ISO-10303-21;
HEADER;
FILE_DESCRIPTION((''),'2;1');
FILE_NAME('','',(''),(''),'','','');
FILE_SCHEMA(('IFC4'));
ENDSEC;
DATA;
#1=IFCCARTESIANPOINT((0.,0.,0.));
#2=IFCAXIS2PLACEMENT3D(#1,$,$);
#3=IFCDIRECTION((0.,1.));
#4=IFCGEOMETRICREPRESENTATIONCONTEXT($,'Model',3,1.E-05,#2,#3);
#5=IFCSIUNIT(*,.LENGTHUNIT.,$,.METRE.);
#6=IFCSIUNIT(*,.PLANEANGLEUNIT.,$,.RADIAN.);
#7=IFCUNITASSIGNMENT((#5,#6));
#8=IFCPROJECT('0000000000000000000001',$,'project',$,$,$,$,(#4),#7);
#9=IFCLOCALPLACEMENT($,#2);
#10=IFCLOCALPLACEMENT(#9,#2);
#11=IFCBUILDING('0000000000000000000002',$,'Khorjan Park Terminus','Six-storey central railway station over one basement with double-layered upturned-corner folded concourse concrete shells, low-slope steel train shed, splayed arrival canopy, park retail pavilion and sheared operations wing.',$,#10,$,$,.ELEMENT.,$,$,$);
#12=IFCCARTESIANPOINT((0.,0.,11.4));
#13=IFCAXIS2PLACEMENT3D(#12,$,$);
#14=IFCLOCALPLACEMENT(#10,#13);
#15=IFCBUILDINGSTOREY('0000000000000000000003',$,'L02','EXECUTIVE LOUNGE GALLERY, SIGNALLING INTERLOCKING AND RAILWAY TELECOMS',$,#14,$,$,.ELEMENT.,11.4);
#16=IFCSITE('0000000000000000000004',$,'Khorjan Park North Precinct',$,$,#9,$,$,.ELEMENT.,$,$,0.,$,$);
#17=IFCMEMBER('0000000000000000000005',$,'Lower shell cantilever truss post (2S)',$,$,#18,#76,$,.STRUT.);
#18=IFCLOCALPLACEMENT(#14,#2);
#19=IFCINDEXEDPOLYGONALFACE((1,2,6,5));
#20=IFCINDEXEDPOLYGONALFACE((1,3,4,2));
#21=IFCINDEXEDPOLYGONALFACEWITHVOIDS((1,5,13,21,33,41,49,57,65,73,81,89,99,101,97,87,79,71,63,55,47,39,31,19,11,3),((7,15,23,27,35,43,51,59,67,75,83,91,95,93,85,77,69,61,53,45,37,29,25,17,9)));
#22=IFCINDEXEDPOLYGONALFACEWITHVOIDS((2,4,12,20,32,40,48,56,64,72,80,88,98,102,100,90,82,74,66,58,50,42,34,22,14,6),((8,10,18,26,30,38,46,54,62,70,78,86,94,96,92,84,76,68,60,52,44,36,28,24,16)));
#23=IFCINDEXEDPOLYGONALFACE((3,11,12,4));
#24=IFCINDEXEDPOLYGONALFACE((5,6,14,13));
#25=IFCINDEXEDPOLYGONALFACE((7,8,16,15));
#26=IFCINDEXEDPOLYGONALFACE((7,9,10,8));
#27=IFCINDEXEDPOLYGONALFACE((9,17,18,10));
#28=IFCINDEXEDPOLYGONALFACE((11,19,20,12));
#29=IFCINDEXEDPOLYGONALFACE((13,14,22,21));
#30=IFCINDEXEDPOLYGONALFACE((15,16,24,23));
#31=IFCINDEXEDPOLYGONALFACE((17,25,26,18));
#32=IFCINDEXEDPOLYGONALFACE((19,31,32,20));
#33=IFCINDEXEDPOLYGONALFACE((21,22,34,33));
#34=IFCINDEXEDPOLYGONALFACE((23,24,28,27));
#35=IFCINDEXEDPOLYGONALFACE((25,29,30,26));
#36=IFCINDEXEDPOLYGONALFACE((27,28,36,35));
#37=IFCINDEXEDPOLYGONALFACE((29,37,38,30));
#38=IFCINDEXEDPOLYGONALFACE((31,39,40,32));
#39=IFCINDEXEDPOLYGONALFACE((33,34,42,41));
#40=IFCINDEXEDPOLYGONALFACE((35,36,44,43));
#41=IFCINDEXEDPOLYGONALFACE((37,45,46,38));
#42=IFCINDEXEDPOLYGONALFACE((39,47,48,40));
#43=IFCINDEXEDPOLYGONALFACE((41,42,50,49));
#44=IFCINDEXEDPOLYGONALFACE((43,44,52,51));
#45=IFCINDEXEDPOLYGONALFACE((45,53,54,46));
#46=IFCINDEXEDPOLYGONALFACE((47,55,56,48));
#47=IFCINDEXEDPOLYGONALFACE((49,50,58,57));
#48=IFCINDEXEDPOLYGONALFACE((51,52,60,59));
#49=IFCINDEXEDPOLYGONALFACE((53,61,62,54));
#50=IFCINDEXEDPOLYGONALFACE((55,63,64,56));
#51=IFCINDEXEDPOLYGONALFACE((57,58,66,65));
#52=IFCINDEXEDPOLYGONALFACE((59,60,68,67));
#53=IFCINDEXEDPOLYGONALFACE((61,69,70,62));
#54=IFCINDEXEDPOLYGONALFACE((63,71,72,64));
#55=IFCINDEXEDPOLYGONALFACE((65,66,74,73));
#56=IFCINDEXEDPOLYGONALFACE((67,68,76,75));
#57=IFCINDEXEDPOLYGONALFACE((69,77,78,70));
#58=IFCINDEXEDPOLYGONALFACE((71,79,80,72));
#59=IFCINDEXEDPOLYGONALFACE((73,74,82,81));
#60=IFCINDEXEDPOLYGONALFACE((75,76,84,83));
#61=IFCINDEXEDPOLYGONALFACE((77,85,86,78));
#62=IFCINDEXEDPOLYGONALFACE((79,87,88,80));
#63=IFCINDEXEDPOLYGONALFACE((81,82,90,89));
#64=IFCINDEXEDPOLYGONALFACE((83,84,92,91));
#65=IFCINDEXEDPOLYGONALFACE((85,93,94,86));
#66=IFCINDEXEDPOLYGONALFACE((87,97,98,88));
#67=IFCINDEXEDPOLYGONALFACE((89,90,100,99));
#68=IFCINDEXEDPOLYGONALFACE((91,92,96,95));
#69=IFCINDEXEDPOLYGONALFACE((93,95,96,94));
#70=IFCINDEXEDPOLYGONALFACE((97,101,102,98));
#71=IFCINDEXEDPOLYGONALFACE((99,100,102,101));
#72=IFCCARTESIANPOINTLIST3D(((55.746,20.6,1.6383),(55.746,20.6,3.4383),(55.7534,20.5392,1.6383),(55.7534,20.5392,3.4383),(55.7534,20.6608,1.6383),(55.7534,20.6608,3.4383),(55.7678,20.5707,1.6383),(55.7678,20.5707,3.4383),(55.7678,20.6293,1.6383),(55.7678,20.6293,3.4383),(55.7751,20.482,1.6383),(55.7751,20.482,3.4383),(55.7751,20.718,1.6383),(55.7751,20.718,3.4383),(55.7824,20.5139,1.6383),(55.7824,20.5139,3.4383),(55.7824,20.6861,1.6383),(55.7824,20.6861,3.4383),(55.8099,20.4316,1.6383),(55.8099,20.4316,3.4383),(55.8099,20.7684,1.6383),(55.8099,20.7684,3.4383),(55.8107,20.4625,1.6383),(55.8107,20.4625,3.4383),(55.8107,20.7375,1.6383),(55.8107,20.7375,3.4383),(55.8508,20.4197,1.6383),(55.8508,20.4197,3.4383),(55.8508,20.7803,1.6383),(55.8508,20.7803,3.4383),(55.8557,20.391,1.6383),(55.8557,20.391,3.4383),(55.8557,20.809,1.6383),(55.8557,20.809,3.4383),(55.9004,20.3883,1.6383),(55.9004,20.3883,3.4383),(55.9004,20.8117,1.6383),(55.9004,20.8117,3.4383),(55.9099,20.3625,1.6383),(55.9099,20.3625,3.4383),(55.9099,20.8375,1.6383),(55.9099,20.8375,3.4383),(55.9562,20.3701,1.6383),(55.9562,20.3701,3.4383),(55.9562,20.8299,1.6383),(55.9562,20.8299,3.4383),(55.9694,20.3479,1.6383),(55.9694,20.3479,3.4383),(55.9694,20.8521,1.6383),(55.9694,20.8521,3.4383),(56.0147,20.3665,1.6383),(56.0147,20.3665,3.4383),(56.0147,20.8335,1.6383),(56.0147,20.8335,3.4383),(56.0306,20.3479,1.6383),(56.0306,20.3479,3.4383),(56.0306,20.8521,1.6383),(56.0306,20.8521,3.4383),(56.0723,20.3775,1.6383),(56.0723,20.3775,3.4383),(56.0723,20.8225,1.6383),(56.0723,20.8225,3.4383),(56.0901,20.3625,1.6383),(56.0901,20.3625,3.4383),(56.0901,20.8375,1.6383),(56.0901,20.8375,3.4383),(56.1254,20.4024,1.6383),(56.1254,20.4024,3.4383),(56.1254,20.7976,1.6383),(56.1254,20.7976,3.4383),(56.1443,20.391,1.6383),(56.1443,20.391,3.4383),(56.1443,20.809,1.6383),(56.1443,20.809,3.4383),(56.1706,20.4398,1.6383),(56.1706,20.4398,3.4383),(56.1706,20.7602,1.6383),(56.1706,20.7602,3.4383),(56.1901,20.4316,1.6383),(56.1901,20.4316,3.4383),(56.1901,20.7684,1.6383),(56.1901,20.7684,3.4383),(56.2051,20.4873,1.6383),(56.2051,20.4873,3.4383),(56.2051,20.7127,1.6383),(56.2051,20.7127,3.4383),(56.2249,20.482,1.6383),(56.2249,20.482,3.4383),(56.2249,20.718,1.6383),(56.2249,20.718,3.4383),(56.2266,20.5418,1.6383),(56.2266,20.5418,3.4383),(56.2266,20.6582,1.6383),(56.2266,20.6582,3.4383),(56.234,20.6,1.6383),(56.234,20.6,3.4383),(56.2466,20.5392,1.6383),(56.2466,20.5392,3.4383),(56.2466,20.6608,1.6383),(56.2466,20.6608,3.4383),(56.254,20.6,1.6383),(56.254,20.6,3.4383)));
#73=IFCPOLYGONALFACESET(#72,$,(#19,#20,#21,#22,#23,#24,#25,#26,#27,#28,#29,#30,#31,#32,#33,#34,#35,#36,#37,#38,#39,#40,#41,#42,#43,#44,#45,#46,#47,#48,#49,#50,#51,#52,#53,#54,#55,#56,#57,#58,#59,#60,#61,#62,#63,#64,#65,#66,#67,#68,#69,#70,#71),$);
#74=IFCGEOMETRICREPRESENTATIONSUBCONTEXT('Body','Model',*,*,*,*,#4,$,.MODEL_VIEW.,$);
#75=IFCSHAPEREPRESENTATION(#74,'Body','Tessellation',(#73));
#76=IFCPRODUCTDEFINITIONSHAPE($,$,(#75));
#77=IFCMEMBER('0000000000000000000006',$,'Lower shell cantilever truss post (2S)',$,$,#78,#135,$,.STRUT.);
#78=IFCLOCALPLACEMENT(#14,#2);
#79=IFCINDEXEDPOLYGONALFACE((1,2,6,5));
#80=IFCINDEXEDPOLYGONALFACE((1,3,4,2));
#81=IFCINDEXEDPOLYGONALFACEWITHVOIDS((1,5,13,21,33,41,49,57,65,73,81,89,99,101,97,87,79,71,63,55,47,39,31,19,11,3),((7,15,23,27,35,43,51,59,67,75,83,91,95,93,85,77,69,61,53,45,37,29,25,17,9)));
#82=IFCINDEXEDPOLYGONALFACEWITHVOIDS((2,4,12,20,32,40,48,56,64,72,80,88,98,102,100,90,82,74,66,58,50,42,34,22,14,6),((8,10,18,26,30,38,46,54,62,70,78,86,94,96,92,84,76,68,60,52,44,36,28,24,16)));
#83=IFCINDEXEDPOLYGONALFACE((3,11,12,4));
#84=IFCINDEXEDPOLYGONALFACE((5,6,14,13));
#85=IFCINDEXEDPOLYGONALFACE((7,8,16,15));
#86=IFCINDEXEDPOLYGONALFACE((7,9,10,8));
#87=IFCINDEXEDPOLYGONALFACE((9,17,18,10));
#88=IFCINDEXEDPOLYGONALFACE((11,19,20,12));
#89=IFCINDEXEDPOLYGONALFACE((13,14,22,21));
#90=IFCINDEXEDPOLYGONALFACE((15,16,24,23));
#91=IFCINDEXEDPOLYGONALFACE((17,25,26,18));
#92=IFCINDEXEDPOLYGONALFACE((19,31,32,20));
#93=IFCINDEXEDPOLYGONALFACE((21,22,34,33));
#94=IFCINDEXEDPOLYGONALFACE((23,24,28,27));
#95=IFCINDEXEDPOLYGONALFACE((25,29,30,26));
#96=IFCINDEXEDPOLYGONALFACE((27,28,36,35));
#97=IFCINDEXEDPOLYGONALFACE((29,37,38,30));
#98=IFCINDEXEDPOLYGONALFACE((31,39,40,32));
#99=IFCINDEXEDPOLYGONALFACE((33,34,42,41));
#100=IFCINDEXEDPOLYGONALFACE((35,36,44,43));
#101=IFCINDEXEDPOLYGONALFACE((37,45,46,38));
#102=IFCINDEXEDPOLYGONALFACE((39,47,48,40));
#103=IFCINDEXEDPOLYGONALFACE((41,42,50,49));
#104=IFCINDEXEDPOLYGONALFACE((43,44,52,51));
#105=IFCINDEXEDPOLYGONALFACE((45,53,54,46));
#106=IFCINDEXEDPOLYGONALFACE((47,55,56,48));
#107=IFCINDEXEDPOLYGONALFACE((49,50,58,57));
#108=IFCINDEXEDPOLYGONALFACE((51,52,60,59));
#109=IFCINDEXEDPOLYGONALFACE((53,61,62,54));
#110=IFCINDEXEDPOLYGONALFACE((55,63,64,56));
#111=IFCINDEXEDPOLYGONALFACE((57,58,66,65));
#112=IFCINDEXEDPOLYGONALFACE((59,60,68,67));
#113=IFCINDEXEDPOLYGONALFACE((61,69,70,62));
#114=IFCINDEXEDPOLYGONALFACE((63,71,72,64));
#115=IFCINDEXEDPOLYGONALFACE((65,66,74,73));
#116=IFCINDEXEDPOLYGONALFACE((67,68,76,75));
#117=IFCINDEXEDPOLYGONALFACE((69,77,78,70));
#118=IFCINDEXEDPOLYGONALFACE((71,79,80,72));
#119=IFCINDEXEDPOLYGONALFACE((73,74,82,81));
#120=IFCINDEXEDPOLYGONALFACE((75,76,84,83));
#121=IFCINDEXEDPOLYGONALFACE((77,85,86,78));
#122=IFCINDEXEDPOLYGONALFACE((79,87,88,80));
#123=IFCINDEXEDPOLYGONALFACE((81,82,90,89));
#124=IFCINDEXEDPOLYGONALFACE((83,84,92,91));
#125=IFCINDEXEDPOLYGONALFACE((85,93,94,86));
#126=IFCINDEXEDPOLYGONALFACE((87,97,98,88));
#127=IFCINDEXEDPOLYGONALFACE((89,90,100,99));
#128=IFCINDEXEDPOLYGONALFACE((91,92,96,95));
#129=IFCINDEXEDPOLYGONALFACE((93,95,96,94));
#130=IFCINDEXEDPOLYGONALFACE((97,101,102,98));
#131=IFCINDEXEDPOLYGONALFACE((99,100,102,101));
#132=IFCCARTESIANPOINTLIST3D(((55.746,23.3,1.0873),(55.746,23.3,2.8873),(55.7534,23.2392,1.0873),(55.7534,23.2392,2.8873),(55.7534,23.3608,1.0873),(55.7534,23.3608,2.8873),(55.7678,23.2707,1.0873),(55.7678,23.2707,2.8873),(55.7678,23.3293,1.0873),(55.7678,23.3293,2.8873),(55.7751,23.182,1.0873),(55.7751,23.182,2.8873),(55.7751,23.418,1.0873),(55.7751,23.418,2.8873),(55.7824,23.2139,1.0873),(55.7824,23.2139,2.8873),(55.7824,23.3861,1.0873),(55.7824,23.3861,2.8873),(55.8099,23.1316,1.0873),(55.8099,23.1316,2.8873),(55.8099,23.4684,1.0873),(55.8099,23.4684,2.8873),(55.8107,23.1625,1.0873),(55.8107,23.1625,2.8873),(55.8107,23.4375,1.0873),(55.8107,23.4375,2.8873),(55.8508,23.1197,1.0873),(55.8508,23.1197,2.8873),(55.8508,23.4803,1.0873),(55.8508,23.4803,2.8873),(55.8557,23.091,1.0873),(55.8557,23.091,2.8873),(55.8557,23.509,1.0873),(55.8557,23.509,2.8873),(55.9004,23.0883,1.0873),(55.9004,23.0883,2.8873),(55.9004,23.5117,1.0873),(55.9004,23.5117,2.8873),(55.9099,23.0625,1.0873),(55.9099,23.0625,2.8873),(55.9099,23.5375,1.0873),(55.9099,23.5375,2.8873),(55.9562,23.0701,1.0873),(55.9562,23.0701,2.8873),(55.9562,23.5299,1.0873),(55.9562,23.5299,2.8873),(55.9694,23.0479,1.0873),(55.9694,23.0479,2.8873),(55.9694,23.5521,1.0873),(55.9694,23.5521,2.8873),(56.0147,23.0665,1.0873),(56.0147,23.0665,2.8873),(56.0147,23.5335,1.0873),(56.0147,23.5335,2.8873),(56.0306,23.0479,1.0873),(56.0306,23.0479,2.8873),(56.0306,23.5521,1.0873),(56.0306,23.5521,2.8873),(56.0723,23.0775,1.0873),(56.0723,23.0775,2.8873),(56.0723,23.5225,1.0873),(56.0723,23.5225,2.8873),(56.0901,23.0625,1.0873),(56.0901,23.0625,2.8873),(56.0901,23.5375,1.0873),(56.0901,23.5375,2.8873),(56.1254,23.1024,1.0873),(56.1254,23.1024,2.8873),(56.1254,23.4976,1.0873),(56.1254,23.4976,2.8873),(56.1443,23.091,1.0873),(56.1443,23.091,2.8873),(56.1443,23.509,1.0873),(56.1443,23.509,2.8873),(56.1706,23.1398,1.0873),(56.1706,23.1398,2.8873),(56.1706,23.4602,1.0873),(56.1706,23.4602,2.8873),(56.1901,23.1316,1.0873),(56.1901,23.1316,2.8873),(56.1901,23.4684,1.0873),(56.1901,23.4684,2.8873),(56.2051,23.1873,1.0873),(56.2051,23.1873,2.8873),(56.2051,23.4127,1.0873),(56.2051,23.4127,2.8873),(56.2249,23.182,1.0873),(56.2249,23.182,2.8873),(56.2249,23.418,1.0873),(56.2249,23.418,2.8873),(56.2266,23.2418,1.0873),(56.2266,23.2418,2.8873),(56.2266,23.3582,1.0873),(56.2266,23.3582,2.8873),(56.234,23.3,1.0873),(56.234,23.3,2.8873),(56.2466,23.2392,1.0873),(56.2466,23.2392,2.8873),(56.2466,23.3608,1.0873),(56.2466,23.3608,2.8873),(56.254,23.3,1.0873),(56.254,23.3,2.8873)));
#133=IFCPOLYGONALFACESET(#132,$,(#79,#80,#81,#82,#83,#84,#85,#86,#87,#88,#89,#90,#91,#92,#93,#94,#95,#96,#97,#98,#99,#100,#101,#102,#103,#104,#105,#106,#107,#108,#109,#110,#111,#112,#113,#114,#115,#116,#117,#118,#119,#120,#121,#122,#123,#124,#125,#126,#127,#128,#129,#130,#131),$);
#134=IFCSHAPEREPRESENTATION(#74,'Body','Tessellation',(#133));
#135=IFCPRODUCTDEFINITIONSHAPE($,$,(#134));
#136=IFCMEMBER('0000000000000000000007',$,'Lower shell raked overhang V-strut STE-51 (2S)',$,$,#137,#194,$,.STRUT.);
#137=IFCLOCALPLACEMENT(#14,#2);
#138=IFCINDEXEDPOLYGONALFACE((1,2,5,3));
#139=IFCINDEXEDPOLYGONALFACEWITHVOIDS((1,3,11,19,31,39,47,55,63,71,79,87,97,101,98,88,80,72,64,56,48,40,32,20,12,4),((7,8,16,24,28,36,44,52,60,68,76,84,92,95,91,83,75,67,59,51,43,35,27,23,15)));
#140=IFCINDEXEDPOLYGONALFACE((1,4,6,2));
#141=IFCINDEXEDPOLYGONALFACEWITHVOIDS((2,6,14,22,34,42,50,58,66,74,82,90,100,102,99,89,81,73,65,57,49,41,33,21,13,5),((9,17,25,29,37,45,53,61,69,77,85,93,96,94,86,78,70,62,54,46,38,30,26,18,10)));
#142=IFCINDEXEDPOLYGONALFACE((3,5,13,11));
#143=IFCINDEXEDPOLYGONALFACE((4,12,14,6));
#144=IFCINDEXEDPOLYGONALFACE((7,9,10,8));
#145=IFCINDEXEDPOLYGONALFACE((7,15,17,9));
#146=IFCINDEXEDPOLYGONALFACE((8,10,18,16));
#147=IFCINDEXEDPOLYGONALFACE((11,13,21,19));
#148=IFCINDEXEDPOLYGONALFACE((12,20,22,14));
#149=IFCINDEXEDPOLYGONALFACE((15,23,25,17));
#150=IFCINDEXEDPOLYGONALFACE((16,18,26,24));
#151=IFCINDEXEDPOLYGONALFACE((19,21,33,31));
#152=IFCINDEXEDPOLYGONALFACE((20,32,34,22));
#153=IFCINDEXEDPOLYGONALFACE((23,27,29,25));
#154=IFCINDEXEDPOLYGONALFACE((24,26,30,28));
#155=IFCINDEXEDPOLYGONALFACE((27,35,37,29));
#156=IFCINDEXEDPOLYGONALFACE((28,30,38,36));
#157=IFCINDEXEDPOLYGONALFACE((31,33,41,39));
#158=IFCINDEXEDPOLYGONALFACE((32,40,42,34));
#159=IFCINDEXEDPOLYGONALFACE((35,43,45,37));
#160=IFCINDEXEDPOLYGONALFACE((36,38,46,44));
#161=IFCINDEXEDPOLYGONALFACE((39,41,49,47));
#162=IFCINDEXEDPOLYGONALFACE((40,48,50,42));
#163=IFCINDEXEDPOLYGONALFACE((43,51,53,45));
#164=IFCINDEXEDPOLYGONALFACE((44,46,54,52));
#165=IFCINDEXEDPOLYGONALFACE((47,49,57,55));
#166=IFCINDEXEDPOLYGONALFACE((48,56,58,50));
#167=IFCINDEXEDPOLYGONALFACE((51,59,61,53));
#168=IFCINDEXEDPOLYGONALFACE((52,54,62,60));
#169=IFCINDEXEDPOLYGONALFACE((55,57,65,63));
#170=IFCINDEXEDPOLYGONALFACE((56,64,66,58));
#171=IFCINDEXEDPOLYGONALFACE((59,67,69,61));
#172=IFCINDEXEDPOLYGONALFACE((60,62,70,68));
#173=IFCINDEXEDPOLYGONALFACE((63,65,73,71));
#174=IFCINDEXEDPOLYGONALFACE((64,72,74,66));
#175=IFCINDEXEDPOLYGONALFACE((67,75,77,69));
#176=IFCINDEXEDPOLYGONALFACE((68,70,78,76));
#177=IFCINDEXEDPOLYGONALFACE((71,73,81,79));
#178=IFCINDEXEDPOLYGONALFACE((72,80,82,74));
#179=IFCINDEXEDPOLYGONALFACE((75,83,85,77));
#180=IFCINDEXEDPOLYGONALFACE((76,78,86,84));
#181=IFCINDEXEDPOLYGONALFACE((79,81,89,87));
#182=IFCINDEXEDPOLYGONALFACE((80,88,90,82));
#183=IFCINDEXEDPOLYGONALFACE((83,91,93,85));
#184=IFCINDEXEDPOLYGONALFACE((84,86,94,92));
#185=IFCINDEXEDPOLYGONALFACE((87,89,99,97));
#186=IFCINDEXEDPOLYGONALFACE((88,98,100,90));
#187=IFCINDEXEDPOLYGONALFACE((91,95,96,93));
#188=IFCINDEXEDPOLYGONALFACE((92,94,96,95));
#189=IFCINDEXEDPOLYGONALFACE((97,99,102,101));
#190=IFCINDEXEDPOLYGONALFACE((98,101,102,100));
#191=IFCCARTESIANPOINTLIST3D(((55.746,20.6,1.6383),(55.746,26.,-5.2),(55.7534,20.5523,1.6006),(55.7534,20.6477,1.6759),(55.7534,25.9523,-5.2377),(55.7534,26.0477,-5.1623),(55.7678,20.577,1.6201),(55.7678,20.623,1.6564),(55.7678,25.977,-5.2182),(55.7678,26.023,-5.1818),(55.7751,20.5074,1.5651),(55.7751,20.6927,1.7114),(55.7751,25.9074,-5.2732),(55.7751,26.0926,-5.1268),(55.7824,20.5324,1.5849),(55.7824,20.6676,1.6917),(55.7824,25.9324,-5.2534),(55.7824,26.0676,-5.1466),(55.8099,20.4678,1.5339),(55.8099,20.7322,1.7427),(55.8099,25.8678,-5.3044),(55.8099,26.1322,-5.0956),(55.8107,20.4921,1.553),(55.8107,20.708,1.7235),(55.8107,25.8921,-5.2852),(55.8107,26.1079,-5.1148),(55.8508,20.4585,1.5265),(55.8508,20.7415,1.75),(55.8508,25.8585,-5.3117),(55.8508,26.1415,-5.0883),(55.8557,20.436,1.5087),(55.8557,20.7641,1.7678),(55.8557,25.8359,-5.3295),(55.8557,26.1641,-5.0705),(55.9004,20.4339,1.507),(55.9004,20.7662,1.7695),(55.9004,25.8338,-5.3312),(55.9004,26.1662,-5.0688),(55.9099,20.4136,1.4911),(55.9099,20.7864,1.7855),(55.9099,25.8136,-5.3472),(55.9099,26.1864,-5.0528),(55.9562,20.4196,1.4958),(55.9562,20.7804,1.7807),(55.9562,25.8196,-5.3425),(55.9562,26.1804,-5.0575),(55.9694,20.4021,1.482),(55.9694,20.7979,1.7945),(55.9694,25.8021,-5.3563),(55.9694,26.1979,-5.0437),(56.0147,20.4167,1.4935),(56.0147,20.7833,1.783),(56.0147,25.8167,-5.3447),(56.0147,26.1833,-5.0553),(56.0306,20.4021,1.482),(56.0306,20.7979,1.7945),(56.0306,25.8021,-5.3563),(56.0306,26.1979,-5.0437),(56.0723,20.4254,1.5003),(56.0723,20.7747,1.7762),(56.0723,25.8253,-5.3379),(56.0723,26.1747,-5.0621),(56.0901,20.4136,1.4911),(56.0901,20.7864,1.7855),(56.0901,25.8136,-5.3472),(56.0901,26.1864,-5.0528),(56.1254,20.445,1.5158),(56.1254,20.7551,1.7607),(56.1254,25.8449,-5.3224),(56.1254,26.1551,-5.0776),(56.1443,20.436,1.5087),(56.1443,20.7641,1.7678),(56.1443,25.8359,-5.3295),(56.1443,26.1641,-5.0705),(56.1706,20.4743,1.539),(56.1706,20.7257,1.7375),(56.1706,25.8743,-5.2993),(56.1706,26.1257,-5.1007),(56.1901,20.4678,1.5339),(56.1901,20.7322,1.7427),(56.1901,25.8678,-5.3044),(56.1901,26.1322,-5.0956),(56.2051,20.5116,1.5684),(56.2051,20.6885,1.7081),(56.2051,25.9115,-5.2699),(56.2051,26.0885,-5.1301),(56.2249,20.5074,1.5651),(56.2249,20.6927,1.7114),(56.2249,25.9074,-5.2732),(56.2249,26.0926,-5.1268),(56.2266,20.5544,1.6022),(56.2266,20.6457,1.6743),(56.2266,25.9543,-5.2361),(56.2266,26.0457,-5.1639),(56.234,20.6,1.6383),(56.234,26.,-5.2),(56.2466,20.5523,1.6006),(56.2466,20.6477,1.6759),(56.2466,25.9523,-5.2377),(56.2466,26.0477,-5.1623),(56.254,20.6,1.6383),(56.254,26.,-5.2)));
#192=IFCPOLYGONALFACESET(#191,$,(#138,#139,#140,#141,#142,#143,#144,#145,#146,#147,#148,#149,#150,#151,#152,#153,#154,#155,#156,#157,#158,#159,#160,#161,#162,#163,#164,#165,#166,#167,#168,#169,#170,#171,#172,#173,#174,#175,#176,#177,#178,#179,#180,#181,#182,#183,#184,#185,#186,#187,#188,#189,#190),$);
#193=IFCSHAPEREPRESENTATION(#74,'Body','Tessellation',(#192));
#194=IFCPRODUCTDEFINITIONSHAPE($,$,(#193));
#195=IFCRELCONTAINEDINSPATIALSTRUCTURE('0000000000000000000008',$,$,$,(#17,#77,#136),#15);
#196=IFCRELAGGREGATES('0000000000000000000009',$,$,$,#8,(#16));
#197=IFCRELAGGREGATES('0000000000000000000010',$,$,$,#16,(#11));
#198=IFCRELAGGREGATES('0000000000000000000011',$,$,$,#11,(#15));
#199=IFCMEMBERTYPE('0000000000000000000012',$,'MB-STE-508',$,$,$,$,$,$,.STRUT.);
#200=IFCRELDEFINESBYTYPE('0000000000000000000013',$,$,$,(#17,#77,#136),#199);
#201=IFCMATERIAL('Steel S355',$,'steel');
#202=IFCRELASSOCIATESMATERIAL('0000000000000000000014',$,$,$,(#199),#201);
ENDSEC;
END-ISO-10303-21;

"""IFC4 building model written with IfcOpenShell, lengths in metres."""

from ifc_helpers import new_model, si_unit, direction, frame, origin, origin_2d, place, context, subcontext, project, spatial, hollow_circle, extrude, material, material_profile, profile_set, type_object, element, save


model = new_model("IFC4")

# Units and contexts
model_context = context("Model", 3, precision=1e-05, world=origin(), true_north=direction((0.0, 1.0)))
body_context = subcontext(model_context, "Body", "Model", "MODEL_VIEW")
ifc_project = project(units=[si_unit("LENGTHUNIT", "METRE"), si_unit("PLANEANGLEUNIT", "RADIAN")], contexts=[model_context])

# Site, building, storey
site_placement = place(None, origin())
site = spatial("IfcSite", under=ifc_project, at=site_placement, Name="Khorjan Park North Precinct", CompositionType="ELEMENT", RefElevation=0.0)
building_placement = place(site_placement, origin())
building = spatial("IfcBuilding", under=site, at=building_placement, Name="Khorjan Park Terminus", Description="Six-storey central railway station over one basement with double-layered upturned-corner folded concourse concrete shells, low-slope steel train shed, splayed arrival canopy, park retail pavilion and sheared operations wing.", CompositionType="ELEMENT")
storey_placement = place(building_placement, frame((0.0, 0.0, 11.4)))
storey = spatial("IfcBuildingStorey", under=building, at=storey_placement, Name="L02", Description="EXECUTIVE LOUNGE GALLERY, SIGNALLING INTERLOCKING AND RAILWAY TELECOMS", CompositionType="ELEMENT", Elevation=11.4)

# Members
ifc_material_1 = material(Name="Steel S355", Category="steel")
ifc_material_profile_1 = material_profile(ifc_material_1, hollow_circle(Radius=0.254, WallThickness=0.02, at=origin_2d()), Name="CHS 508x20")
ifc_profile_set_1 = profile_set([ifc_material_profile_1], Name="Steel S355")
member_type_1 = type_object("IfcMemberType", Name="MB-STE-508", PredefinedType="STRUT", material=ifc_profile_set_1)
for number, where, z_axis, x_axis, name in (
    (1, (56.0, 20.6, 1.6383), (0.0, 0.0, 1.0), (1.0, 0.0, 0.0), "Lower shell cantilever truss post (2S)"),
    (2, (56.0, 23.3, 1.0873), (0.0, 0.0, 1.0), (1.0, 0.0, 0.0), "Lower shell cantilever truss post (2S)"),
):
    element("IfcMember", number, at=place(storey_placement, frame(where, z_axis=z_axis, x_axis=x_axis)), inside=storey, type_object=member_type_1, Name=name, PredefinedType="STRUT", context=body_context, shape_type="SweptSolid", body=[
        extrude(hollow_circle(Radius=0.254, WallThickness=0.02, at=origin_2d()), origin(), (0.0, 0.0, 1.0), 1.8),
    ])
member_1_placement = place(storey_placement, frame((56.0, 26.0, -5.2), z_axis=(0.0, -0.619739, 0.784808), x_axis=(1.0, 0.0, 0.0)))
element("IfcMember", 3, at=member_1_placement, inside=storey, type_object=member_type_1, Name="Lower shell raked overhang V-strut STE-51 (2S)", PredefinedType="STRUT", context=body_context, shape_type="SweptSolid", body=[
    extrude(hollow_circle(Radius=0.254, WallThickness=0.02, at=origin_2d()), origin(), (0.0, 0.0, 1.0), 8.7133),
])

save(model, "model.ifc")
